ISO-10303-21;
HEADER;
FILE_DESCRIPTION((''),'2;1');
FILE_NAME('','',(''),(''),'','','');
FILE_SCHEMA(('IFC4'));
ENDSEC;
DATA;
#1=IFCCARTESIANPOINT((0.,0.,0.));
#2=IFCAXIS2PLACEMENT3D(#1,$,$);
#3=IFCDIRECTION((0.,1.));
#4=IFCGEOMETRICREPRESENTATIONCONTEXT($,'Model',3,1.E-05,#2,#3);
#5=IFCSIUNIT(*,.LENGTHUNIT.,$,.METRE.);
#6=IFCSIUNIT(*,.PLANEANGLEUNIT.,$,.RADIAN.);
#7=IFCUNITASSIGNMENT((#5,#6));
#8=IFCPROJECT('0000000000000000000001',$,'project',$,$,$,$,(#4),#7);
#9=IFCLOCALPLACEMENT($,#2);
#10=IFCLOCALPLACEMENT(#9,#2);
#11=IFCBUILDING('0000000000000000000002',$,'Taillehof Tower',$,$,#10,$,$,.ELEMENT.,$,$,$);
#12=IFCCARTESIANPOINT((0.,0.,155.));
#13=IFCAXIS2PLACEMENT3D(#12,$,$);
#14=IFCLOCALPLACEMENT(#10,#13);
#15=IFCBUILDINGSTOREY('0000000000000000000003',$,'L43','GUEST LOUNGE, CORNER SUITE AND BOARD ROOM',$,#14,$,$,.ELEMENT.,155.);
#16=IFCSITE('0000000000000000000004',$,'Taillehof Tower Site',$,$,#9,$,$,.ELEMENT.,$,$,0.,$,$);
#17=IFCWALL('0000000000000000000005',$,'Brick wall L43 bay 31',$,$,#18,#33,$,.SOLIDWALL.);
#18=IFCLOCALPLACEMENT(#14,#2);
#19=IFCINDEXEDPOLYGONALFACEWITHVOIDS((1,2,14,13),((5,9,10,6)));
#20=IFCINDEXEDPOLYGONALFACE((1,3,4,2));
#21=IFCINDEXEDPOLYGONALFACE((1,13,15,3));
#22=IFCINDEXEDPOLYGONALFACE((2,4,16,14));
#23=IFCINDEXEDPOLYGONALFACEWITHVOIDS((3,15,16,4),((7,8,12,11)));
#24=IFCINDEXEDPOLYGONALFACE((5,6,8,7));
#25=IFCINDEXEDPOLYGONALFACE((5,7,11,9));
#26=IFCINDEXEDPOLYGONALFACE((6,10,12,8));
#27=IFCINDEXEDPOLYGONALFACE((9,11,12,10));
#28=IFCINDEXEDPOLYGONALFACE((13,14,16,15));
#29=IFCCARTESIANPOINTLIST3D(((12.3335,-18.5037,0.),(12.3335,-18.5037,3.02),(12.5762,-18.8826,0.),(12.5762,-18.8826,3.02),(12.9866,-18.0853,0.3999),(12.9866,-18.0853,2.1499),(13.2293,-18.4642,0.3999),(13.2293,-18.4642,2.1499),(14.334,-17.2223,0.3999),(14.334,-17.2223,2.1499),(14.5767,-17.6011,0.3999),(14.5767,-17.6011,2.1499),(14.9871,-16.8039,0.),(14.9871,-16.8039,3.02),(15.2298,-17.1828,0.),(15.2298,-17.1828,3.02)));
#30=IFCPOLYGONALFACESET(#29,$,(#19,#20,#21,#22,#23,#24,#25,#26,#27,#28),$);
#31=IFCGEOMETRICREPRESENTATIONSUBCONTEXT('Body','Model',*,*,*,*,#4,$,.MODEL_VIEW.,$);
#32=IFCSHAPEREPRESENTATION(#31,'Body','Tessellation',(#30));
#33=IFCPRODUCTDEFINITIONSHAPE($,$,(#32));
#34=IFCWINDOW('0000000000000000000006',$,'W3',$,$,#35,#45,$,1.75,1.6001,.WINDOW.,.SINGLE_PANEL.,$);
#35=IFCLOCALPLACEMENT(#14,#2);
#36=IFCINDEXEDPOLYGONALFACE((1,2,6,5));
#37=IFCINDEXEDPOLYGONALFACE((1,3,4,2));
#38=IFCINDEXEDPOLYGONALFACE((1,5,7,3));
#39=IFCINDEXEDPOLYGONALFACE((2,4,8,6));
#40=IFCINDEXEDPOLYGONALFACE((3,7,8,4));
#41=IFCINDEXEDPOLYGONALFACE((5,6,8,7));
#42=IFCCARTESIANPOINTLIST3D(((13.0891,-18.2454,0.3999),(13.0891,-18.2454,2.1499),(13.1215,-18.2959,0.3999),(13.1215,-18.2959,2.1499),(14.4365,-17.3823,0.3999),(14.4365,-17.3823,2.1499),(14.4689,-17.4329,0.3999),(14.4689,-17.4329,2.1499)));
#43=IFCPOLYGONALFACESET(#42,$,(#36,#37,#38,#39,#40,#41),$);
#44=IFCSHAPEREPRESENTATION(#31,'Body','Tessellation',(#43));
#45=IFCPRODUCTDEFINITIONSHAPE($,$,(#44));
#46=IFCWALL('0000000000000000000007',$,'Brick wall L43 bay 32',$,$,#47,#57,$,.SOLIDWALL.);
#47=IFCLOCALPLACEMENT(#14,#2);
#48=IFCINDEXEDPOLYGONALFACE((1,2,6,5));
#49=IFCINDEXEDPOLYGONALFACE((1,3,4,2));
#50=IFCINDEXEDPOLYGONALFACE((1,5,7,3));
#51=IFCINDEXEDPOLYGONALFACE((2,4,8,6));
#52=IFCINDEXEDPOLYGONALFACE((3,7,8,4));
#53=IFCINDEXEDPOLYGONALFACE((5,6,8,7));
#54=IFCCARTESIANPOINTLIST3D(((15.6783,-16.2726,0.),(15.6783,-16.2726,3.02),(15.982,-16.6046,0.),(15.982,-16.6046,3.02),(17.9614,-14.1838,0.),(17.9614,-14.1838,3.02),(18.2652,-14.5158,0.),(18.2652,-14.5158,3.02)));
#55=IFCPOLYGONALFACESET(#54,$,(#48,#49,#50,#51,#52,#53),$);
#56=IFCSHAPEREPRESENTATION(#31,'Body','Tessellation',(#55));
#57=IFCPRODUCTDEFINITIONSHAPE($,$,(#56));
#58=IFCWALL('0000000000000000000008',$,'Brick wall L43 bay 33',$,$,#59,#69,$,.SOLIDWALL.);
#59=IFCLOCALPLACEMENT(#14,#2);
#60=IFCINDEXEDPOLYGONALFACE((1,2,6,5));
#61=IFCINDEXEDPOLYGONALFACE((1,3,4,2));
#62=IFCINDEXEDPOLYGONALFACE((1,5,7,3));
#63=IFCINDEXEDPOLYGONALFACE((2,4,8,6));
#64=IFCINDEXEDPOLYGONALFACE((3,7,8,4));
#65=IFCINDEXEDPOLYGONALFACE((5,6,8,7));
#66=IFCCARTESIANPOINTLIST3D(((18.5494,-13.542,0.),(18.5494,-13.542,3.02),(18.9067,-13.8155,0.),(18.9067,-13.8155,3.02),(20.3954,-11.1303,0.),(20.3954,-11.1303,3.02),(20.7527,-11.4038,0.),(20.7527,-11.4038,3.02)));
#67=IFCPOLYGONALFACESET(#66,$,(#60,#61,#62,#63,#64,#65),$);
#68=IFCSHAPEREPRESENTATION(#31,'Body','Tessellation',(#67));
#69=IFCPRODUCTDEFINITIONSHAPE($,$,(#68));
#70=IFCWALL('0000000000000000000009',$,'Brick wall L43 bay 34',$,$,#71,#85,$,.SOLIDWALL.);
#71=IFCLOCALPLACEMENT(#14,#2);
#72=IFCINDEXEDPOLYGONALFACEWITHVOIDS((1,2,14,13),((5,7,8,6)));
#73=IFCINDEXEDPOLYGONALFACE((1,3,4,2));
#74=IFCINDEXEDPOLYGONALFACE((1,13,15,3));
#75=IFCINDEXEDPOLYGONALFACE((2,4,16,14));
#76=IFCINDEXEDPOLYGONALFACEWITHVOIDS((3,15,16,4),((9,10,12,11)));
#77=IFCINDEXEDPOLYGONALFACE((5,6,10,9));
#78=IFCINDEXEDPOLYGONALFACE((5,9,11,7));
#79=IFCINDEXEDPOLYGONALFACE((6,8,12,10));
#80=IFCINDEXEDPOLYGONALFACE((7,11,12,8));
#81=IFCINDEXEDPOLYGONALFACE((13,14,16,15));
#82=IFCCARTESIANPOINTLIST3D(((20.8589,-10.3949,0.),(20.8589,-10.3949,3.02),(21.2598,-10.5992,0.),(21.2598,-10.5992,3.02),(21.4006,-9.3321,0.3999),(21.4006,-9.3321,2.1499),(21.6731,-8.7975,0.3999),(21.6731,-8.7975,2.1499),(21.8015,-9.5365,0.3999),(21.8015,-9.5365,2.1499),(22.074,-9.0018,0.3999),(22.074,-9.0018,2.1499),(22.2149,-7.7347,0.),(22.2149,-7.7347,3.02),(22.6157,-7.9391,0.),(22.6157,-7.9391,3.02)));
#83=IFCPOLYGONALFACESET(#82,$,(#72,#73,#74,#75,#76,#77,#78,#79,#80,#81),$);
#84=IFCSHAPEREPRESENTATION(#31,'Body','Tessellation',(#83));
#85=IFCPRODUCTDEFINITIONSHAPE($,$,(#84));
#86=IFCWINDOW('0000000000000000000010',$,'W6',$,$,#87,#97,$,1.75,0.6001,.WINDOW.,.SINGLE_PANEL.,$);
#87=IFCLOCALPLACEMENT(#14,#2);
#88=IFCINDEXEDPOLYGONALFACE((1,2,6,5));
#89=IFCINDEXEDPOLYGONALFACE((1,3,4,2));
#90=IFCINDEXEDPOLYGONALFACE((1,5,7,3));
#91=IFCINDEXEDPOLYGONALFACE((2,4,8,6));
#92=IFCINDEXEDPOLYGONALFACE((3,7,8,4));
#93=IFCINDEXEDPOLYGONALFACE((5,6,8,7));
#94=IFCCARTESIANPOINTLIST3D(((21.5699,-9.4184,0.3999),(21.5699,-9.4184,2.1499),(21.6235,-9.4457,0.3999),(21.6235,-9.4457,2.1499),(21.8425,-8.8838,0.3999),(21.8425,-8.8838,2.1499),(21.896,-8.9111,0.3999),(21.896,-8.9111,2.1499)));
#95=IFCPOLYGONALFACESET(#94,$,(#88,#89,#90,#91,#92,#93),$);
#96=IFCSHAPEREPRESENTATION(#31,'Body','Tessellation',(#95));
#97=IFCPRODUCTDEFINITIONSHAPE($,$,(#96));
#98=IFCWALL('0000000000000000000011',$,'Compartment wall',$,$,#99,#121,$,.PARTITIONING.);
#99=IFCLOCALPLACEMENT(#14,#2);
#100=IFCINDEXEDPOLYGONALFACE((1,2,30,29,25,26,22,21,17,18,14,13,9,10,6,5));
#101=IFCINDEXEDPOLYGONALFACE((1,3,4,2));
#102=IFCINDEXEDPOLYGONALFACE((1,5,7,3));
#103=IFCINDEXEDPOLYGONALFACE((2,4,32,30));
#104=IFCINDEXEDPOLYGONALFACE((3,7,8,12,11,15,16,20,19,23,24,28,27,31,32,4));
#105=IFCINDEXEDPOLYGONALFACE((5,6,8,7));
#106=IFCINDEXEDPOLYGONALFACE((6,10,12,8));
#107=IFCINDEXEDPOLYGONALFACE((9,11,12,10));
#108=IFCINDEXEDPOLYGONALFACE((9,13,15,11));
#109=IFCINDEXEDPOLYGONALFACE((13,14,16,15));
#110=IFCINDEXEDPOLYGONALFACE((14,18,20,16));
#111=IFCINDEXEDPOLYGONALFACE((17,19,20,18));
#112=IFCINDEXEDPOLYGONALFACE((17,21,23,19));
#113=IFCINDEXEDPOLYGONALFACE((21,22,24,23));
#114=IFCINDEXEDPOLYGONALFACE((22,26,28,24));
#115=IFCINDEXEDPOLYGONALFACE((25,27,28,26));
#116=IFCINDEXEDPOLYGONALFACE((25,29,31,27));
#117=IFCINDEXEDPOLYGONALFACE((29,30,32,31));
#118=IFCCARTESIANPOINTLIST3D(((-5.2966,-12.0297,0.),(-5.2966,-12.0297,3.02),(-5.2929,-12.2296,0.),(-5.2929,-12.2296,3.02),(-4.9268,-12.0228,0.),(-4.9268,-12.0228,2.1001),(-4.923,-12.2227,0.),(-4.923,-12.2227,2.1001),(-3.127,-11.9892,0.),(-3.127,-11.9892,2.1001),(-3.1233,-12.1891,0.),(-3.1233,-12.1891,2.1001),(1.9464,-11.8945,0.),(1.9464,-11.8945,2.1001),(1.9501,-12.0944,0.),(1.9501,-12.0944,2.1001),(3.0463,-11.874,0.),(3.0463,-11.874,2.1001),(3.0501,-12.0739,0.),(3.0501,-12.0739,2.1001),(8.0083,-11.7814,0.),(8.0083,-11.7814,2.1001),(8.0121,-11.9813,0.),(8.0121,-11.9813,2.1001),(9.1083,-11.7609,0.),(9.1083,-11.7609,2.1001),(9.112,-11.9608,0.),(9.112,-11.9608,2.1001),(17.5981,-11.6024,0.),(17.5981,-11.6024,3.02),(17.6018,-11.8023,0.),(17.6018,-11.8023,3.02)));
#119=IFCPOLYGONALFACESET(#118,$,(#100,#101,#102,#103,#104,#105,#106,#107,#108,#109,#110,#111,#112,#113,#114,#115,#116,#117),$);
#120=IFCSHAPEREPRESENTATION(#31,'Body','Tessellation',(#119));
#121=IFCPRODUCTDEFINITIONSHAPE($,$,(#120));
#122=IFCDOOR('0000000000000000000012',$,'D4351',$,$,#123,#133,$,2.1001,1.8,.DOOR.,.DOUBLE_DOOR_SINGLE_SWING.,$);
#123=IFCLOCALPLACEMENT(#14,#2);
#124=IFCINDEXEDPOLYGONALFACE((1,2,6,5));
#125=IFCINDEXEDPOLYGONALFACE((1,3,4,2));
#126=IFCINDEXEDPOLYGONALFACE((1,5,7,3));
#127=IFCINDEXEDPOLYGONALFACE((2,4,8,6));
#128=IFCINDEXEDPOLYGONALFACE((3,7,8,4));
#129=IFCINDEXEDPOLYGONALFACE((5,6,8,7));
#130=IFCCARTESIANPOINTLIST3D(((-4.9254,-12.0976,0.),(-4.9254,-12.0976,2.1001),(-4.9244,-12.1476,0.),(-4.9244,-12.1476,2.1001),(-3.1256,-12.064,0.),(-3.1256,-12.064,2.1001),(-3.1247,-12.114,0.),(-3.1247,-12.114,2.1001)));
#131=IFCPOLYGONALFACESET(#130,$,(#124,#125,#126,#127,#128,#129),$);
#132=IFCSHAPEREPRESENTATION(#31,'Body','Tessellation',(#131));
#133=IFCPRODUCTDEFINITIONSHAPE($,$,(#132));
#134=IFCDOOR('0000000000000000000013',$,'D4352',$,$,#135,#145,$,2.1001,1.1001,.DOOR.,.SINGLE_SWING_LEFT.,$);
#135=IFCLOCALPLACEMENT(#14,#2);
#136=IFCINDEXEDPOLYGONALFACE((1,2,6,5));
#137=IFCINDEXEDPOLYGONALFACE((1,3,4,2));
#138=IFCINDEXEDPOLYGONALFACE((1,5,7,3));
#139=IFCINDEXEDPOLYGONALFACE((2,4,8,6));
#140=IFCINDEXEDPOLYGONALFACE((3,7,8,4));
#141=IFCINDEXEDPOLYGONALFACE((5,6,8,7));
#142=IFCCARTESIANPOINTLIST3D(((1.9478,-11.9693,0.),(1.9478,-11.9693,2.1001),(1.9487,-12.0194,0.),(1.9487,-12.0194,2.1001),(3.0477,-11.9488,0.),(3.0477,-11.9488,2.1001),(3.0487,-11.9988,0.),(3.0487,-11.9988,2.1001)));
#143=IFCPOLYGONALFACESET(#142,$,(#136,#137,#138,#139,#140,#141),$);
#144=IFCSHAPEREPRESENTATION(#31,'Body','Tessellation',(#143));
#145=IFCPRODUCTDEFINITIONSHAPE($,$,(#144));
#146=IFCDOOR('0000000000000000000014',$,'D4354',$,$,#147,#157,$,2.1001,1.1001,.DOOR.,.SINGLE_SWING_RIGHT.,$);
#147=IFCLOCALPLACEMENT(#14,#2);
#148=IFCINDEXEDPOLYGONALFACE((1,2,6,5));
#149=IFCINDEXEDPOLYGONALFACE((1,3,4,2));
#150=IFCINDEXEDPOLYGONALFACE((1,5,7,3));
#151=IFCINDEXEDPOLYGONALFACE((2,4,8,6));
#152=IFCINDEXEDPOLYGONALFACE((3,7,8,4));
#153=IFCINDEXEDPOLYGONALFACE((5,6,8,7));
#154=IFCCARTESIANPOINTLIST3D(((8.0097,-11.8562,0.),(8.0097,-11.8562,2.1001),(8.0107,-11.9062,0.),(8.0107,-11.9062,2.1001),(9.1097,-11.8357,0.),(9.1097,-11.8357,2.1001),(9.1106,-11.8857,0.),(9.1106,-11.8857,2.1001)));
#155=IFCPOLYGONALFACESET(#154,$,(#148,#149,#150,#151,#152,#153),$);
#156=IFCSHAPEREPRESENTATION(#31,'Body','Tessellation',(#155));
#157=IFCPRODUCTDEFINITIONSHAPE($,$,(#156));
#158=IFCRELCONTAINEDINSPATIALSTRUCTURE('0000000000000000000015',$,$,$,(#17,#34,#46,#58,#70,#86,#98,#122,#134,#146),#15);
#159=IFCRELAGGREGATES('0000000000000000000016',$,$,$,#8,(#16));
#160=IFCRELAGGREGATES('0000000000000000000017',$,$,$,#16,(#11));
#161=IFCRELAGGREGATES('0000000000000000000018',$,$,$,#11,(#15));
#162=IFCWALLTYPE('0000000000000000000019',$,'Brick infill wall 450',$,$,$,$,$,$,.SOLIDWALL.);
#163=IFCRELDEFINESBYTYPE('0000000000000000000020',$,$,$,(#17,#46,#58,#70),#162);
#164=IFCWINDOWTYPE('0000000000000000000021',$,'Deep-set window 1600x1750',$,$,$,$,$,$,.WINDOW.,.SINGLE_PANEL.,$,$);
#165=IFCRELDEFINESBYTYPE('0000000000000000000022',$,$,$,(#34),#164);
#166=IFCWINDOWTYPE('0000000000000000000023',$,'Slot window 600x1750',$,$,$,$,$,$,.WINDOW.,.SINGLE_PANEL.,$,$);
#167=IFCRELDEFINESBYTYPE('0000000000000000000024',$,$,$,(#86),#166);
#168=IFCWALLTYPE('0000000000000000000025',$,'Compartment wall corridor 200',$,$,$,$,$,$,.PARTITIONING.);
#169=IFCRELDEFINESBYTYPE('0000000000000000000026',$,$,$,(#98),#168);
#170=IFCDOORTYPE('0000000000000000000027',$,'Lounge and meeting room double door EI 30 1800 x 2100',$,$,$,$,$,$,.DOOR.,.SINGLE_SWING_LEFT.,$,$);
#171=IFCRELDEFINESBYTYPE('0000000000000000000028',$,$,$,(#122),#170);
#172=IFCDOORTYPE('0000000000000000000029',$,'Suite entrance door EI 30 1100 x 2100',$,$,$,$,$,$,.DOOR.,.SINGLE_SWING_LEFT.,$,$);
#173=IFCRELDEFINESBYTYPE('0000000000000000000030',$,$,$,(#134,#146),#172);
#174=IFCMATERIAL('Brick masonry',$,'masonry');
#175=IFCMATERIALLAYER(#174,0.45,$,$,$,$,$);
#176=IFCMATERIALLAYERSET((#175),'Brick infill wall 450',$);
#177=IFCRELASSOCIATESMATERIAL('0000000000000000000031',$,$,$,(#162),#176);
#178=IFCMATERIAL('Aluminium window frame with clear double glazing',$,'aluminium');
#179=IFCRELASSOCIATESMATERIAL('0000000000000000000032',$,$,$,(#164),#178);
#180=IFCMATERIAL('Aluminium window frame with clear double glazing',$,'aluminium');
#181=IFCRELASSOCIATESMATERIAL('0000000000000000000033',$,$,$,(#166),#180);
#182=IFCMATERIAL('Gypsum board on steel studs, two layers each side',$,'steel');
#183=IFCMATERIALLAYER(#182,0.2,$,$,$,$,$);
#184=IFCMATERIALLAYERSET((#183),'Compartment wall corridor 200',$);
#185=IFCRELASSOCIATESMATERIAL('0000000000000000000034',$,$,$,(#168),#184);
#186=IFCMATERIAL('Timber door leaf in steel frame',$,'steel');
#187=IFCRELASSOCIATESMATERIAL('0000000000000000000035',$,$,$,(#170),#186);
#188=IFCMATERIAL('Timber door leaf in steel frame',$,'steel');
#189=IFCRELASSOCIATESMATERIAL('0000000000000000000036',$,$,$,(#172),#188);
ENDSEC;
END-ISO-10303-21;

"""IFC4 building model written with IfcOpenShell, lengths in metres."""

from ifc_helpers import new_model, si_unit, direction, frame, frame_2d, origin, place, context, subcontext, project, spatial, rectangle, extrude, material, layer, layer_set, type_object, element, fill, save


model = new_model("IFC4")

# Units and contexts
model_context = context("Model", 3, precision=1e-05, world=origin(), true_north=direction((0.0, 1.0)))
body_context = subcontext(model_context, "Body", "Model", "MODEL_VIEW")
ifc_project = project(units=[si_unit("LENGTHUNIT", "METRE"), si_unit("PLANEANGLEUNIT", "RADIAN")], contexts=[model_context])

# Site, building, storey
site_placement = place(None, origin())
site = spatial("IfcSite", under=ifc_project, at=site_placement, Name="Taillehof Tower Site", CompositionType="ELEMENT", RefElevation=0.0)
building_placement = place(site_placement, origin())
building = spatial("IfcBuilding", under=site, at=building_placement, Name="Taillehof Tower", CompositionType="ELEMENT")
storey_placement = place(building_placement, frame((0.0, 0.0, 155.0)))
storey = spatial("IfcBuildingStorey", under=building, at=storey_placement, Name="L43", Description="GUEST LOUNGE, CORNER SUITE AND BOARD ROOM", CompositionType="ELEMENT", Elevation=155.0)

# Wall, opening, window
ifc_material_1 = material(Name="Brick masonry", Category="masonry")
ifc_layer_1 = layer(ifc_material_1, 0.45)
ifc_layer_set_1 = layer_set([ifc_layer_1], Name="Brick infill wall 450")
wall_type_1 = type_object("IfcWallType", Name="Brick infill wall 450", PredefinedType="SOLIDWALL", material=ifc_layer_set_1)
ifc_material_2 = material(Name="Aluminium window frame with clear double glazing", Category="aluminium")
window_type_1 = type_object("IfcWindowType", Name="Deep-set window 1600x1750", PartitioningType="SINGLE_PANEL", PredefinedType="WINDOW", material=ifc_material_2)
wall_1_placement = place(storey_placement, frame((12.4548, -18.6931, 0.0), z_axis=(0.0, 0.0, 1.0), x_axis=(0.842066, 0.539375, 0.0)))
wall_1 = element("IfcWall", 1, at=wall_1_placement, inside=storey, type_object=wall_type_1, Name="Brick wall L43 bay 31", PredefinedType="SOLIDWALL", context=body_context, shape_type="SweptSolid", body=[
    extrude(rectangle(XDim=3.1514, YDim=0.45, at=frame_2d((1.5757, 0.0))), origin(), (0.0, 0.0, 1.0), 3.02),
])
opening_1_placement = place(wall_1_placement, frame((0.7756, 0.0, 0.3999)))
opening_1 = element("IfcOpeningElement", 2, at=opening_1_placement, cuts=wall_1, PredefinedType="OPENING", context=body_context, shape_type="SweptSolid", body=[
    extrude(rectangle(XDim=1.6001, YDim=1.75, at=frame_2d((0.8, 0.875))), frame((0.0, 0.2349, 0.0), z_axis=(0.0, -1.0, 0.0), x_axis=(1.0, 0.0, 0.0)), (0.0, 0.0, 1.0), 0.47),
])
window_1_placement = place(opening_1_placement, origin())
window_1 = element("IfcWindow", 3, at=window_1_placement, inside=storey, type_object=window_type_1, Name="W3", OverallHeight=1.75, OverallWidth=1.6001, PartitioningType="SINGLE_PANEL", PredefinedType="WINDOW", context=body_context, shape_type="SweptSolid", body=[
    extrude(rectangle(XDim=1.6001, YDim=1.75, at=frame_2d((0.8, 0.875))), frame((0.0, 0.0349, 0.0), z_axis=(0.0, -1.0, 0.0), x_axis=(1.0, 0.0, 0.0)), (0.0, 0.0, 1.0), 0.0601),
])
fill(opening_1, window_1)

# Walls
wall_2_placement = place(storey_placement, frame((15.8301, -16.4387, 0.0), z_axis=(0.0, 0.0, 1.0), x_axis=(0.737809, 0.67501, 0.0)))
element("IfcWall", 4, at=wall_2_placement, inside=storey, type_object=wall_type_1, Name="Brick wall L43 bay 32", PredefinedType="SOLIDWALL", context=body_context, shape_type="SweptSolid", body=[
    extrude(rectangle(XDim=3.0945, YDim=0.45, at=frame_2d((1.5474, 0.0))), origin(), (0.0, 0.0, 1.0), 3.02),
])
wall_3_placement = place(storey_placement, frame((18.728, -13.6787, 0.0), z_axis=(0.0, 0.0, 1.0), x_axis=(0.607817, 0.794077, 0.0)))
element("IfcWall", 5, at=wall_3_placement, inside=storey, type_object=wall_type_1, Name="Brick wall L43 bay 33", PredefinedType="SOLIDWALL", context=body_context, shape_type="SweptSolid", body=[
    extrude(rectangle(XDim=3.0371, YDim=0.45, at=frame_2d((1.5186, 0.0))), origin(), (0.0, 0.0, 1.0), 3.02),
])

# Wall, opening, window
wall_4_placement = place(storey_placement, frame((21.0593, -10.4971, 0.0), z_axis=(0.0, 0.0, 1.0), x_axis=(0.454134, 0.890933, 0.0)))
wall_4 = element("IfcWall", 6, at=wall_4_placement, inside=storey, type_object=wall_type_1, Name="Brick wall L43 bay 34", PredefinedType="SOLIDWALL", context=body_context, shape_type="SweptSolid", body=[
    extrude(rectangle(XDim=2.9858, YDim=0.45, at=frame_2d((1.4929, 0.0))), origin(), (0.0, 0.0, 1.0), 3.02),
])
opening_2_placement = place(wall_4_placement, frame((1.1929, 0.0, 0.3999)))
opening_2 = element("IfcOpeningElement", 7, at=opening_2_placement, cuts=wall_4, PredefinedType="OPENING", context=body_context, shape_type="SweptSolid", body=[
    extrude(rectangle(XDim=0.6001, YDim=1.75, at=frame_2d((0.3, 0.875))), frame((0.0, 0.2349, 0.0), z_axis=(0.0, -1.0, 0.0), x_axis=(1.0, 0.0, 0.0)), (0.0, 0.0, 1.0), 0.47),
])
ifc_material_3 = material(Name="Aluminium window frame with clear double glazing", Category="aluminium")
window_type_2 = type_object("IfcWindowType", Name="Slot window 600x1750", PartitioningType="SINGLE_PANEL", PredefinedType="WINDOW", material=ifc_material_3)
window_2_placement = place(opening_2_placement, origin())
window_2 = element("IfcWindow", 8, at=window_2_placement, inside=storey, type_object=window_type_2, Name="W6", OverallHeight=1.75, OverallWidth=0.6001, PartitioningType="SINGLE_PANEL", PredefinedType="WINDOW", context=body_context, shape_type="SweptSolid", body=[
    extrude(rectangle(XDim=0.6001, YDim=1.75, at=frame_2d((0.3, 0.875))), frame((0.0, 0.0349, 0.0), z_axis=(0.0, -1.0, 0.0), x_axis=(1.0, 0.0, 0.0)), (0.0, 0.0, 1.0), 0.0601),
])
fill(opening_2, window_2)

# Wall, openings, doors
ifc_material_4 = material(Name="Gypsum board on steel studs, two layers each side", Category="steel")
ifc_layer_2 = layer(ifc_material_4, 0.2)
ifc_layer_set_2 = layer_set([ifc_layer_2], Name="Compartment wall corridor 200")
wall_type_2 = type_object("IfcWallType", Name="Compartment wall corridor 200", PredefinedType="PARTITIONING", material=ifc_layer_set_2)
wall_5_placement = place(storey_placement, frame((17.5999, -11.7024, 0.0), z_axis=(0.0, 0.0, 1.0), x_axis=(-0.999826, -0.018658, 0.0)))
wall_5 = element("IfcWall", 9, at=wall_5_placement, inside=storey, type_object=wall_type_2, Name="Compartment wall", PredefinedType="PARTITIONING", context=body_context, shape_type="SweptSolid", body=[
    extrude(rectangle(XDim=22.8987, YDim=0.2, at=frame_2d((11.4492, 0.0))), origin(), (0.0, 0.0, 1.0), 3.02),
])
opening_3_placement = place(wall_5_placement, frame((20.7288, 0.0, 0.0)))
opening_3 = element("IfcOpeningElement", 10, at=opening_3_placement, cuts=wall_5, PredefinedType="OPENING", context=body_context, shape_type="SweptSolid", body=[
    extrude(rectangle(XDim=1.8, YDim=2.1001, at=frame_2d((0.8999, 1.05))), frame((0.0, 0.1099, 0.0), z_axis=(0.0, -1.0, 0.0), x_axis=(1.0, 0.0, 0.0)), (0.0, 0.0, 1.0), 0.22),
])
opening_4_placement = place(wall_5_placement, frame((14.5542, 0.0, 0.0)))
opening_4 = element("IfcOpeningElement", 11, at=opening_4_placement, cuts=wall_5, PredefinedType="OPENING", context=body_context, shape_type="SweptSolid", body=[
    extrude(rectangle(XDim=1.1001, YDim=2.1001, at=frame_2d((0.55, 1.05))), frame((0.0, 0.1099, 0.0), z_axis=(0.0, -1.0, 0.0), x_axis=(1.0, 0.0, 0.0)), (0.0, 0.0, 1.0), 0.22),
])
opening_5_placement = place(wall_5_placement, frame((8.4912, 0.0, 0.0)))
opening_5 = element("IfcOpeningElement", 12, at=opening_5_placement, cuts=wall_5, PredefinedType="OPENING", context=body_context, shape_type="SweptSolid", body=[
    extrude(rectangle(XDim=1.1001, YDim=2.1001, at=frame_2d((0.55, 1.05))), frame((0.0, 0.1099, 0.0), z_axis=(0.0, -1.0, 0.0), x_axis=(1.0, 0.0, 0.0)), (0.0, 0.0, 1.0), 0.22),
])
ifc_material_5 = material(Name="Timber door leaf in steel frame", Category="steel")
door_type_1 = type_object("IfcDoorType", Name="Lounge and meeting room double door EI 30 1800 x 2100", OperationType="SINGLE_SWING_LEFT", PredefinedType="DOOR", material=ifc_material_5)
door_1_placement = place(opening_3_placement, origin())
door_1 = element("IfcDoor", 13, at=door_1_placement, inside=storey, type_object=door_type_1, Name="D4351", OperationType="DOUBLE_DOOR_SINGLE_SWING", OverallHeight=2.1001, OverallWidth=1.8, PredefinedType="DOOR", context=body_context, shape_type="SweptSolid", body=[
    extrude(rectangle(XDim=1.8, YDim=2.1001, at=frame_2d((0.8999, 1.05))), frame((0.0, 0.0249, 0.0), z_axis=(0.0, -1.0, 0.0), x_axis=(1.0, 0.0, 0.0)), (0.0, 0.0, 1.0), 0.05),
])
fill(opening_3, door_1)
ifc_material_6 = material(Name="Timber door leaf in steel frame", Category="steel")
door_type_2 = type_object("IfcDoorType", Name="Suite entrance door EI 30 1100 x 2100", OperationType="SINGLE_SWING_LEFT", PredefinedType="DOOR", material=ifc_material_6)
door_2_placement = place(opening_4_placement, origin())
door_2 = element("IfcDoor", 14, at=door_2_placement, inside=storey, type_object=door_type_2, Name="D4352", OperationType="SINGLE_SWING_LEFT", OverallHeight=2.1001, OverallWidth=1.1001, PredefinedType="DOOR", context=body_context, shape_type="SweptSolid", body=[
    extrude(rectangle(XDim=1.1001, YDim=2.1001, at=frame_2d((0.55, 1.05))), frame((0.0, 0.0249, 0.0), z_axis=(0.0, -1.0, 0.0), x_axis=(1.0, 0.0, 0.0)), (0.0, 0.0, 1.0), 0.05),
])
fill(opening_4, door_2)
door_3_placement = place(opening_5_placement, origin())
door_3 = element("IfcDoor", 15, at=door_3_placement, inside=storey, type_object=door_type_2, Name="D4354", OperationType="SINGLE_SWING_RIGHT", OverallHeight=2.1001, OverallWidth=1.1001, PredefinedType="DOOR", context=body_context, shape_type="SweptSolid", body=[
    extrude(rectangle(XDim=1.1001, YDim=2.1001, at=frame_2d((0.55, 1.05))), frame((0.0, 0.0249, 0.0), z_axis=(0.0, -1.0, 0.0), x_axis=(1.0, 0.0, 0.0)), (0.0, 0.0, 1.0), 0.05),
])
fill(opening_5, door_3)

save(model, "model.ifc")
